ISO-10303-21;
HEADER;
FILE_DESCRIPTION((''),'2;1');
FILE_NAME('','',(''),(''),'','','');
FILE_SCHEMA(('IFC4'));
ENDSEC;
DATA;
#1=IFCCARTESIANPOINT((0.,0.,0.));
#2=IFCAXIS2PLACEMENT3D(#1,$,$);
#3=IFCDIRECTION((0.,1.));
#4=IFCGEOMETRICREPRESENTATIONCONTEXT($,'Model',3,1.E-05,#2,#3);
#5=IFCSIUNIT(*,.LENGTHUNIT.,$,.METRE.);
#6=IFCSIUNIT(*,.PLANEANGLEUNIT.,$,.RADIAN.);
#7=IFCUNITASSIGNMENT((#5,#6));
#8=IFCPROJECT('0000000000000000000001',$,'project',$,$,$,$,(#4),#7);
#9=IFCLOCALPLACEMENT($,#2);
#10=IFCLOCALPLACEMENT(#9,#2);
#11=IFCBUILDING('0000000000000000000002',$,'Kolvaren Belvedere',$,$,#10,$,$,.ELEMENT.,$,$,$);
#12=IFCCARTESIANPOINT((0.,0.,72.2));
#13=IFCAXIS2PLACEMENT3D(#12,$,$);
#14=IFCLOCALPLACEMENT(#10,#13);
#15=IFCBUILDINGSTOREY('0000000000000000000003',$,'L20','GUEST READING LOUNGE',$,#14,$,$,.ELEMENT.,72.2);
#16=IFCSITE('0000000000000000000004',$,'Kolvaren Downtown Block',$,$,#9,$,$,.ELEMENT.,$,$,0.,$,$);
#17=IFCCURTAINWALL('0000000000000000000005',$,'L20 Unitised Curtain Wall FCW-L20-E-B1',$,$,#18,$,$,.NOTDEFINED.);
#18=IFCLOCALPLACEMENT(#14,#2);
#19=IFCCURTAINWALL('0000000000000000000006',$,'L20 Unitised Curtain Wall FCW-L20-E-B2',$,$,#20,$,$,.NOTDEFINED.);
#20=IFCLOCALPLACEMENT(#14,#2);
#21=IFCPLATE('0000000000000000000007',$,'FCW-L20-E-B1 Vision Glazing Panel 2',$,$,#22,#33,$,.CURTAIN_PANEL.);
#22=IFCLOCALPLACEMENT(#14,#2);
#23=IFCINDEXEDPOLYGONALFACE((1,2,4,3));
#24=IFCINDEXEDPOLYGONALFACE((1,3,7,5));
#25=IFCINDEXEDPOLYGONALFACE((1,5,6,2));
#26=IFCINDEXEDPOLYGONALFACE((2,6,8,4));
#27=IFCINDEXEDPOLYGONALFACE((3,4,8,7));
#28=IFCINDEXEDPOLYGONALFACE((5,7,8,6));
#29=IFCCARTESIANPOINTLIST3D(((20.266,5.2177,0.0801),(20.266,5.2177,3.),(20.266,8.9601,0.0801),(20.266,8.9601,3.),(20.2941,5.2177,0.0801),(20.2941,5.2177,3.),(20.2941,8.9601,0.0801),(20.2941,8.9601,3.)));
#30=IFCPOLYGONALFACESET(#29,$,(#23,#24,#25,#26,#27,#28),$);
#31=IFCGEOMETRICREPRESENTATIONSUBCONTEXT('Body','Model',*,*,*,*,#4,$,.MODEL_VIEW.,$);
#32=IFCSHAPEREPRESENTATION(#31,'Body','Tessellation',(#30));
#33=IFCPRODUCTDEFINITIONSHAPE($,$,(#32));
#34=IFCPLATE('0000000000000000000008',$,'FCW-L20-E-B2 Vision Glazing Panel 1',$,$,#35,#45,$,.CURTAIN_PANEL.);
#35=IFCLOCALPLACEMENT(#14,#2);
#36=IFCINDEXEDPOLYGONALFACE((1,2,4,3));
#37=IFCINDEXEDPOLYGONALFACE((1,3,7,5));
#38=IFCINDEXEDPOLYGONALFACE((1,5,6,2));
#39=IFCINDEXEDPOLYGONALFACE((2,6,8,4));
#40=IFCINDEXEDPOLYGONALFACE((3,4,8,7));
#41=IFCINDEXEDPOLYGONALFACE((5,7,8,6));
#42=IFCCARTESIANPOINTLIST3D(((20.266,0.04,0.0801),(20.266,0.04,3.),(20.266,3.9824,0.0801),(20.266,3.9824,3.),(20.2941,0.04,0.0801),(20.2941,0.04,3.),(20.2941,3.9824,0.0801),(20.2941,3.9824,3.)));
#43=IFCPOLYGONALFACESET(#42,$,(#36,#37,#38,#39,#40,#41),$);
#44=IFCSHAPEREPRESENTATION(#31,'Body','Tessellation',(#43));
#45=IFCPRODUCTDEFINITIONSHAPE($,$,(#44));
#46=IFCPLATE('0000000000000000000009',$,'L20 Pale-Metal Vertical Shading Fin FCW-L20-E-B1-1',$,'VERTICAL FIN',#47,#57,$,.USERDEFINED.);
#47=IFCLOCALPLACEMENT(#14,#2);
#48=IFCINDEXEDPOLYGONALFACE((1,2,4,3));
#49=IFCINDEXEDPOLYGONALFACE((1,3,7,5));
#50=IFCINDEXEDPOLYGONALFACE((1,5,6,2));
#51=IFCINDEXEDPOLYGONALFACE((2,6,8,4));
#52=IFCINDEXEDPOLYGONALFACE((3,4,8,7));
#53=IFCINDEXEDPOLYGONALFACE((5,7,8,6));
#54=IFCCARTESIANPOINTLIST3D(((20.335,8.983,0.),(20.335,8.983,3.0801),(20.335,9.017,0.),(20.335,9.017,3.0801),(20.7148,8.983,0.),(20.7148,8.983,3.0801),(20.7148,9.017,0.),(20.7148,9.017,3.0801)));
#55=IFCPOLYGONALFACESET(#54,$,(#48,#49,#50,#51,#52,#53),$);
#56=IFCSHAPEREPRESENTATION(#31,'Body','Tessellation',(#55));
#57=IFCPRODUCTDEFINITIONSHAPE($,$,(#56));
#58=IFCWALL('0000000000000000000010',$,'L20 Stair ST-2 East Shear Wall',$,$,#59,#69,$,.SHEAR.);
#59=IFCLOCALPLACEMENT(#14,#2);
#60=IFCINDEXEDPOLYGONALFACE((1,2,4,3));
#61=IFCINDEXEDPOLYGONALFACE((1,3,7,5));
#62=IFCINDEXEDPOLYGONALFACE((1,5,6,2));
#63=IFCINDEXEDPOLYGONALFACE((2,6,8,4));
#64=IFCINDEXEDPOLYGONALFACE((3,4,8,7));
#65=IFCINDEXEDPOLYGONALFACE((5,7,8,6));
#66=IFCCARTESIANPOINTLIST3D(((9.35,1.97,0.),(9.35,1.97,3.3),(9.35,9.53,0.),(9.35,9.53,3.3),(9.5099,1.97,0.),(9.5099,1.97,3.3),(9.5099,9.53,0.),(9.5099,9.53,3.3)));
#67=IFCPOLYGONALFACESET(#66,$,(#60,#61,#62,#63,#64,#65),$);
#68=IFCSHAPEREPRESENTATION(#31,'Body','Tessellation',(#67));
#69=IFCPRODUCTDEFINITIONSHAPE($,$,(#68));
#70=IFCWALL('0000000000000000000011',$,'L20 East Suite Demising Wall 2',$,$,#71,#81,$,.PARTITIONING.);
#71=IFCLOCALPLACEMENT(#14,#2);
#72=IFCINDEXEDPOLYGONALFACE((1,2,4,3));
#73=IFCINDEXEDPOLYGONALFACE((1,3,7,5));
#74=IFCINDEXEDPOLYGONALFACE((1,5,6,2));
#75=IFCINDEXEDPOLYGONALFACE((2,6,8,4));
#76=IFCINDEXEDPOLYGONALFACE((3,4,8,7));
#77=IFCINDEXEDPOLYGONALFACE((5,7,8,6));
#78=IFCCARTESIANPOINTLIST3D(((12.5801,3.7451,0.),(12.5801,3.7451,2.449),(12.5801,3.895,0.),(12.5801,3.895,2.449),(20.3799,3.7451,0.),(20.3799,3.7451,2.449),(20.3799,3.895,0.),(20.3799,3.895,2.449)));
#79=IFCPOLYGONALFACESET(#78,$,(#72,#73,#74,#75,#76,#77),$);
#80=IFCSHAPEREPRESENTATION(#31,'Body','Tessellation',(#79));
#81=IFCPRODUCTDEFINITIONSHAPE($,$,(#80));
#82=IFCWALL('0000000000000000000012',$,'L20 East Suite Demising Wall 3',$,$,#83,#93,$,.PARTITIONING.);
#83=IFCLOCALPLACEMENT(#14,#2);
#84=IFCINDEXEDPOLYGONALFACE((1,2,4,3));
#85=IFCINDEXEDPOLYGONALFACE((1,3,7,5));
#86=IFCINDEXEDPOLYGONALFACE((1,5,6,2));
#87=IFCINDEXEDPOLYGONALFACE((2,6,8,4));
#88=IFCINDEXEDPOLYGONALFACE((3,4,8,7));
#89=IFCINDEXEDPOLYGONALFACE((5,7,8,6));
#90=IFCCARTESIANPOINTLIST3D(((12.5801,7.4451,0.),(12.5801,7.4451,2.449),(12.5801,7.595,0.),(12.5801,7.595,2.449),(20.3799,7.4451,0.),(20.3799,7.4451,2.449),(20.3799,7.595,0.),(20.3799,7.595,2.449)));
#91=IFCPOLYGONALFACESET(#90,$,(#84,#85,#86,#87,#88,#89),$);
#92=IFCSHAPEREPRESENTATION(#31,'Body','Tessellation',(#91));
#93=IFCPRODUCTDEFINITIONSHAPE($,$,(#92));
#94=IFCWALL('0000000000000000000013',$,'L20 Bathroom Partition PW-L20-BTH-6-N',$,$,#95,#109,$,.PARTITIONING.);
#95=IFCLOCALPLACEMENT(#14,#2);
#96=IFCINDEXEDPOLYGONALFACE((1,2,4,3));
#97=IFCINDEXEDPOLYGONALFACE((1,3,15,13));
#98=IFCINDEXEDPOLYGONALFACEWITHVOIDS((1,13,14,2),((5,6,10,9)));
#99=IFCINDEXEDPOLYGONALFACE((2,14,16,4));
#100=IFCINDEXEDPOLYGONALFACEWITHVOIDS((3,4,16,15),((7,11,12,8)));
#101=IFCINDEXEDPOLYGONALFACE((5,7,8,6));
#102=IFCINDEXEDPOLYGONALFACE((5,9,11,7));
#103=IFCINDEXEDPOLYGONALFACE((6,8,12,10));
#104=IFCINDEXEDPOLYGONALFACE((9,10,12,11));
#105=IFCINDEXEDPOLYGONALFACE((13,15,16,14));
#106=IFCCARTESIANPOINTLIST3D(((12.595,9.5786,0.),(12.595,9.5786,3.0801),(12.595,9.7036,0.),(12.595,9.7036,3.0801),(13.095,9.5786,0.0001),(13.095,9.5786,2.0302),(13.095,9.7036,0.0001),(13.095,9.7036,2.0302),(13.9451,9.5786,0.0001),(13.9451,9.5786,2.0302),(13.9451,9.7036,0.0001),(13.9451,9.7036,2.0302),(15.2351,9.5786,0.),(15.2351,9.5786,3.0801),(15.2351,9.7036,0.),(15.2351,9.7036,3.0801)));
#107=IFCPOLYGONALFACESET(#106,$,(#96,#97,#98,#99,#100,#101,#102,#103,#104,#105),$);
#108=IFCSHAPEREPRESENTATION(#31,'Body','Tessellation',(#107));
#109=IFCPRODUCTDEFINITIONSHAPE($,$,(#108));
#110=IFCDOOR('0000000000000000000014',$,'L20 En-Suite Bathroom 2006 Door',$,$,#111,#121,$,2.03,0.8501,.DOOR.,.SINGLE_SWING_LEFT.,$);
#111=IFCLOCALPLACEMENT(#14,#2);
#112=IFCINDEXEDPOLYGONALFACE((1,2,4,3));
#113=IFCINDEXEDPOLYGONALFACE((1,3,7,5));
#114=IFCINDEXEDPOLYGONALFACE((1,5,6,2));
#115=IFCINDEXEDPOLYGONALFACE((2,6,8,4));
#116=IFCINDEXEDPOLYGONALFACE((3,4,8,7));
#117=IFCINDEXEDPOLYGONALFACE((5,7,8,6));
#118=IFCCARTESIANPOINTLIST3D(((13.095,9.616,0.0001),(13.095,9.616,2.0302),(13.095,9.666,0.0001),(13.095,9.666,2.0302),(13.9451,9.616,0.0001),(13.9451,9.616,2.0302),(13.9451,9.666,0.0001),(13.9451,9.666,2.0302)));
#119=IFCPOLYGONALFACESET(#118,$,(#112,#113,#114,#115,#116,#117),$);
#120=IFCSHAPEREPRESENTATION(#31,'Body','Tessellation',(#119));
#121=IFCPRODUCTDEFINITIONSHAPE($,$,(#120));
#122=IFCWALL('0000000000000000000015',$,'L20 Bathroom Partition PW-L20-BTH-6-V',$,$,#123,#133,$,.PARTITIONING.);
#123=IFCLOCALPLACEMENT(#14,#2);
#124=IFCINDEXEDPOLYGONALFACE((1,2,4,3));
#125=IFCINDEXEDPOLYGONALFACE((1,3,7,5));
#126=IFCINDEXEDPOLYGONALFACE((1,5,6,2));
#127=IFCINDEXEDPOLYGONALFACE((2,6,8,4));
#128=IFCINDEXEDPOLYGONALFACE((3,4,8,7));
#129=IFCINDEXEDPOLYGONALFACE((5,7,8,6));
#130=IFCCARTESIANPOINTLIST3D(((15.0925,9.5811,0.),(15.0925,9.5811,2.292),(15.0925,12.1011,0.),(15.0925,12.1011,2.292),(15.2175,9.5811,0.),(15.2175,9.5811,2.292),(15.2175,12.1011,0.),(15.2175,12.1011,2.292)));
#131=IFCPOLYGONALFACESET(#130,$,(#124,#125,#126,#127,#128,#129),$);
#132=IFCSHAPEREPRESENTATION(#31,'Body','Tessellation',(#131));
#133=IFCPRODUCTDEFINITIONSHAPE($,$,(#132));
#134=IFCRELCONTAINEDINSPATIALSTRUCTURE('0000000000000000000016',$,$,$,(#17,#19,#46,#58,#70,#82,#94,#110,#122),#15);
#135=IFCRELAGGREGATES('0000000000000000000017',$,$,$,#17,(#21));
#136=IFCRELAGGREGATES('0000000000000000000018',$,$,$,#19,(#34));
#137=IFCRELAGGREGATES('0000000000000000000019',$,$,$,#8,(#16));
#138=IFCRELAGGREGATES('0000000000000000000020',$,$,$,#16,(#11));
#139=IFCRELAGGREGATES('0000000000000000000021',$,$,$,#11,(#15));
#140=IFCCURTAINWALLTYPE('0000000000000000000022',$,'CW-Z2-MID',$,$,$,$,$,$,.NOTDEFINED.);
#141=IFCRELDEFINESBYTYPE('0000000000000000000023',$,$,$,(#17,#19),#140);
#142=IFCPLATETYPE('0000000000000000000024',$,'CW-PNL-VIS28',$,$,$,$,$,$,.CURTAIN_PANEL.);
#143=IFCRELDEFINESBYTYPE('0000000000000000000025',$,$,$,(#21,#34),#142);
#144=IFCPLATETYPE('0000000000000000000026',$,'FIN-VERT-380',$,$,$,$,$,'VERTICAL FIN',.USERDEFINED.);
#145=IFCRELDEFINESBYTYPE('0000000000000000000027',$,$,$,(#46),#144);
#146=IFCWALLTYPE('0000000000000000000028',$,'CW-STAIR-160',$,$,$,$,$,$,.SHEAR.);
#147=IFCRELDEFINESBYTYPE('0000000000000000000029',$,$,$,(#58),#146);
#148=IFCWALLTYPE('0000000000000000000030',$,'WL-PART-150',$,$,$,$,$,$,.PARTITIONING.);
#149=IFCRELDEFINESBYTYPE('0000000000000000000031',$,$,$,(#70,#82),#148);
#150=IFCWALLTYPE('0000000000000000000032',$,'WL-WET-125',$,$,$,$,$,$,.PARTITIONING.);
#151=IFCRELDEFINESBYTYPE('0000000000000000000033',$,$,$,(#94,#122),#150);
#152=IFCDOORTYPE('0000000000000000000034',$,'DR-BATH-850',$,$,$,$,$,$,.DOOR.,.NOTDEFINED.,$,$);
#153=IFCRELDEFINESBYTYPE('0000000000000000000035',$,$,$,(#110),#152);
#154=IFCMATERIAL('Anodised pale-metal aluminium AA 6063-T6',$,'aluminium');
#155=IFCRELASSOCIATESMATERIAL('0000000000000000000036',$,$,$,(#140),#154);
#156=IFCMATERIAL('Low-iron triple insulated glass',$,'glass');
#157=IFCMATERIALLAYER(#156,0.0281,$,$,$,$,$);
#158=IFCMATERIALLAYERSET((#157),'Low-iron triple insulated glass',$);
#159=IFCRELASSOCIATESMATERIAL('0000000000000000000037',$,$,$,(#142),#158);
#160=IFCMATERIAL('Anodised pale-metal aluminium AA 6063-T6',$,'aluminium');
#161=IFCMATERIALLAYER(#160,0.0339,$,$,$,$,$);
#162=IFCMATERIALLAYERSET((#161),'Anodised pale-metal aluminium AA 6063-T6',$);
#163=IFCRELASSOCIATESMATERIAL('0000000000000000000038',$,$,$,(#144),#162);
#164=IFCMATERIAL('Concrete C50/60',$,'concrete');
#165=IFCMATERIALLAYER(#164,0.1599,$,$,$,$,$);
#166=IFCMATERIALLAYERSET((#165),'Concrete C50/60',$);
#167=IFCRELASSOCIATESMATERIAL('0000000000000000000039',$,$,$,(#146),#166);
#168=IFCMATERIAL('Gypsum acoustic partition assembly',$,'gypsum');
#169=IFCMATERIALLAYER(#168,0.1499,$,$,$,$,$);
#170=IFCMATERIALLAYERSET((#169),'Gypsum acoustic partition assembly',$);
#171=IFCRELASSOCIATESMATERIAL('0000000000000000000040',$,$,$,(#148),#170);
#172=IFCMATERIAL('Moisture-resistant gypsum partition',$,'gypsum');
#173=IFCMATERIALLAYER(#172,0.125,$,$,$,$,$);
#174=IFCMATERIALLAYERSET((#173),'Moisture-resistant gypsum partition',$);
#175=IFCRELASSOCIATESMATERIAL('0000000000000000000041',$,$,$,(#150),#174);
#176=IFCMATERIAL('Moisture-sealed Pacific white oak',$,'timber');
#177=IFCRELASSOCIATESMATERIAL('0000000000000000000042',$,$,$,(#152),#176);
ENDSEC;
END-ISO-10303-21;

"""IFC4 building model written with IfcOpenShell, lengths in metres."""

from ifc_helpers import new_model, si_unit, direction, frame, frame_2d, origin, origin_2d, place, context, subcontext, project, spatial, rectangle, extrude, material, layer, layer_set, type_object, element, fill, aggregate, save


model = new_model("IFC4")

# Units and contexts
model_context = context("Model", 3, precision=1e-05, world=origin(), true_north=direction((0.0, 1.0)))
body_context = subcontext(model_context, "Body", "Model", "MODEL_VIEW")
ifc_project = project(units=[si_unit("LENGTHUNIT", "METRE"), si_unit("PLANEANGLEUNIT", "RADIAN")], contexts=[model_context])

# Site, building, storey
site_placement = place(None, origin())
site = spatial("IfcSite", under=ifc_project, at=site_placement, Name="Kolvaren Downtown Block", CompositionType="ELEMENT", RefElevation=0.0)
building_placement = place(site_placement, origin())
building = spatial("IfcBuilding", under=site, at=building_placement, Name="Kolvaren Belvedere", CompositionType="ELEMENT")
storey_placement = place(building_placement, frame((0.0, 0.0, 72.2)))
storey = spatial("IfcBuildingStorey", under=building, at=storey_placement, Name="L20", Description="GUEST READING LOUNGE", CompositionType="ELEMENT", Elevation=72.2)

# Curtain walls
ifc_material_1 = material(Name="Anodised pale-metal aluminium AA 6063-T6", Category="aluminium")
curtain_wall_type = type_object("IfcCurtainWallType", Name="CW-Z2-MID", PredefinedType="NOTDEFINED", material=ifc_material_1)
curtain_wall_1_placement = place(storey_placement, origin())
curtain_wall_1 = element("IfcCurtainWall", 1, at=curtain_wall_1_placement, inside=storey, type_object=curtain_wall_type, Name="L20 Unitised Curtain Wall FCW-L20-E-B1", PredefinedType="NOTDEFINED")
curtain_wall_2_placement = place(storey_placement, origin())
curtain_wall_2 = element("IfcCurtainWall", 2, at=curtain_wall_2_placement, inside=storey, type_object=curtain_wall_type, Name="L20 Unitised Curtain Wall FCW-L20-E-B2", PredefinedType="NOTDEFINED")

# Plates
ifc_material_2 = material(Name="Low-iron triple insulated glass", Category="glass")
ifc_layer_1 = layer(ifc_material_2, 0.0281)
ifc_layer_set_1 = layer_set([ifc_layer_1], Name="Low-iron triple insulated glass")
plate_type_1 = type_object("IfcPlateType", Name="CW-PNL-VIS28", PredefinedType="CURTAIN_PANEL", material=ifc_layer_set_1)
plate_1_placement = place(storey_placement, frame((20.28, 7.0889, 0.0801), z_axis=(0.0, 0.0, 1.0), x_axis=(0.0, -1.0, 0.0)))
plate_1 = element("IfcPlate", 3, at=plate_1_placement, type_object=plate_type_1, Name="FCW-L20-E-B1 Vision Glazing Panel 2", PredefinedType="CURTAIN_PANEL", context=body_context, shape_type="SweptSolid", body=[
    extrude(rectangle(XDim=3.7424, YDim=0.0281, at=origin_2d()), origin(), (0.0, 0.0, 1.0), 2.9199),
])
aggregate(curtain_wall_1, [plate_1])
plate_2_placement = place(storey_placement, frame((20.28, 2.0112, 0.0801), z_axis=(0.0, 0.0, 1.0), x_axis=(0.0, -1.0, 0.0)))
plate_2 = element("IfcPlate", 4, at=plate_2_placement, type_object=plate_type_1, Name="FCW-L20-E-B2 Vision Glazing Panel 1", PredefinedType="CURTAIN_PANEL", context=body_context, shape_type="SweptSolid", body=[
    extrude(rectangle(XDim=3.9424, YDim=0.0281, at=origin_2d()), origin(), (0.0, 0.0, 1.0), 2.9199),
])
aggregate(curtain_wall_2, [plate_2])
ifc_material_3 = material(Name="Anodised pale-metal aluminium AA 6063-T6", Category="aluminium")
ifc_layer_2 = layer(ifc_material_3, 0.0339)
ifc_layer_set_2 = layer_set([ifc_layer_2], Name="Anodised pale-metal aluminium AA 6063-T6")
plate_type_2 = type_object("IfcPlateType", Name="FIN-VERT-380", ElementType="VERTICAL FIN", PredefinedType="USERDEFINED", material=ifc_layer_set_2)
plate_3_placement = place(storey_placement, frame((20.5249, 9.0, 0.0), z_axis=(0.0, 0.0, 1.0), x_axis=(1.0, 0.0, 0.0)))
element("IfcPlate", 5, at=plate_3_placement, inside=storey, type_object=plate_type_2, Name="L20 Pale-Metal Vertical Shading Fin FCW-L20-E-B1-1", ObjectType="VERTICAL FIN", PredefinedType="USERDEFINED", context=body_context, shape_type="SweptSolid", body=[
    extrude(rectangle(XDim=0.3799, YDim=0.0339, at=origin_2d()), origin(), (0.0, 0.0, 1.0), 3.0801),
])

# Walls
ifc_material_4 = material(Name="Concrete C50/60", Category="concrete")
ifc_layer_3 = layer(ifc_material_4, 0.1599)
ifc_layer_set_3 = layer_set([ifc_layer_3], Name="Concrete C50/60")
wall_type_1 = type_object("IfcWallType", Name="CW-STAIR-160", PredefinedType="SHEAR", material=ifc_layer_set_3)
wall_1_placement = place(storey_placement, frame((9.4299, 1.97, 0.0), z_axis=(0.0, 0.0, 1.0), x_axis=(0.0, 1.0, 0.0)))
element("IfcWall", 6, at=wall_1_placement, inside=storey, type_object=wall_type_1, Name="L20 Stair ST-2 East Shear Wall", PredefinedType="SHEAR", context=body_context, shape_type="SweptSolid", body=[
    extrude(rectangle(XDim=7.5601, YDim=0.1599, at=frame_2d((3.78, 0.0))), origin(), (0.0, 0.0, 1.0), 3.3),
])
ifc_material_5 = material(Name="Gypsum acoustic partition assembly", Category="gypsum")
ifc_layer_4 = layer(ifc_material_5, 0.1499)
ifc_layer_set_4 = layer_set([ifc_layer_4], Name="Gypsum acoustic partition assembly")
wall_type_2 = type_object("IfcWallType", Name="WL-PART-150", PredefinedType="PARTITIONING", material=ifc_layer_set_4)
for number, where, z_axis, x_axis, name in (
    (7, (12.5801, 3.8201, 0.0), (0.0, 0.0, 1.0), (1.0, 0.0, 0.0), "L20 East Suite Demising Wall 2"),
    (8, (12.5801, 7.52, 0.0), (0.0, 0.0, 1.0), (1.0, 0.0, 0.0), "L20 East Suite Demising Wall 3"),
):
    element("IfcWall", number, at=place(storey_placement, frame(where, z_axis=z_axis, x_axis=x_axis)), inside=storey, type_object=wall_type_2, Name=name, PredefinedType="PARTITIONING", context=body_context, shape_type="SweptSolid", body=[
        extrude(rectangle(XDim=7.7998, YDim=0.1499, at=frame_2d((3.8999, 0.0))), origin(), (0.0, 0.0, 1.0), 2.449),
    ])

# Wall, opening, door
ifc_material_6 = material(Name="Moisture-resistant gypsum partition", Category="gypsum")
ifc_layer_5 = layer(ifc_material_6, 0.125)
ifc_layer_set_5 = layer_set([ifc_layer_5], Name="Moisture-resistant gypsum partition")
wall_type_3 = type_object("IfcWallType", Name="WL-WET-125", PredefinedType="PARTITIONING", material=ifc_layer_set_5)
wall_2_placement = place(storey_placement, frame((12.595, 9.6411, 0.0), z_axis=(0.0, 0.0, 1.0), x_axis=(1.0, 0.0, 0.0)))
wall_2 = element("IfcWall", 9, at=wall_2_placement, inside=storey, type_object=wall_type_3, Name="L20 Bathroom Partition PW-L20-BTH-6-N", PredefinedType="PARTITIONING", context=body_context, shape_type="SweptSolid", body=[
    extrude(rectangle(XDim=2.6401, YDim=0.125, at=frame_2d((1.3201, 0.0))), origin(), (0.0, 0.0, 1.0), 3.0801),
])
opening_placement = place(wall_2_placement, frame((0.5, 0.0, 0.0)))
opening = element("IfcOpeningElement", 10, at=opening_placement, cuts=wall_2, PredefinedType="OPENING", context=body_context, shape_type="SweptSolid", body=[
    extrude(rectangle(XDim=0.8501, YDim=2.03, at=frame_2d((0.425, 1.0151))), frame((0.0, 0.0725, 0.0), z_axis=(0.0, -1.0, 0.0), x_axis=(1.0, 0.0, 0.0)), (0.0, 0.0, 1.0), 0.145),
])
ifc_material_7 = material(Name="Moisture-sealed Pacific white oak", Category="timber")
door_type = type_object("IfcDoorType", Name="DR-BATH-850", OperationType="NOTDEFINED", PredefinedType="DOOR", material=ifc_material_7)
door_placement = place(opening_placement, origin())
door = element("IfcDoor", 11, at=door_placement, inside=storey, type_object=door_type, Name="L20 En-Suite Bathroom 2006 Door", OperationType="SINGLE_SWING_LEFT", OverallHeight=2.03, OverallWidth=0.8501, PredefinedType="DOOR", context=body_context, shape_type="SweptSolid", body=[
    extrude(rectangle(XDim=0.8501, YDim=2.03, at=frame_2d((0.425, 1.0151))), frame((0.0, 0.0249, 0.0), z_axis=(0.0, -1.0, 0.0), x_axis=(1.0, 0.0, 0.0)), (0.0, 0.0, 1.0), 0.05),
])
fill(opening, door)

# Wall
wall_3_placement = place(storey_placement, frame((15.155, 9.5811, 0.0), z_axis=(0.0, 0.0, 1.0), x_axis=(0.0, 1.0, 0.0)))
element("IfcWall", 12, at=wall_3_placement, inside=storey, type_object=wall_type_3, Name="L20 Bathroom Partition PW-L20-BTH-6-V", PredefinedType="PARTITIONING", context=body_context, shape_type="SweptSolid", body=[
    extrude(rectangle(XDim=2.52, YDim=0.125, at=frame_2d((1.26, 0.0))), origin(), (0.0, 0.0, 1.0), 2.292),
])

save(model, "model.ifc")
